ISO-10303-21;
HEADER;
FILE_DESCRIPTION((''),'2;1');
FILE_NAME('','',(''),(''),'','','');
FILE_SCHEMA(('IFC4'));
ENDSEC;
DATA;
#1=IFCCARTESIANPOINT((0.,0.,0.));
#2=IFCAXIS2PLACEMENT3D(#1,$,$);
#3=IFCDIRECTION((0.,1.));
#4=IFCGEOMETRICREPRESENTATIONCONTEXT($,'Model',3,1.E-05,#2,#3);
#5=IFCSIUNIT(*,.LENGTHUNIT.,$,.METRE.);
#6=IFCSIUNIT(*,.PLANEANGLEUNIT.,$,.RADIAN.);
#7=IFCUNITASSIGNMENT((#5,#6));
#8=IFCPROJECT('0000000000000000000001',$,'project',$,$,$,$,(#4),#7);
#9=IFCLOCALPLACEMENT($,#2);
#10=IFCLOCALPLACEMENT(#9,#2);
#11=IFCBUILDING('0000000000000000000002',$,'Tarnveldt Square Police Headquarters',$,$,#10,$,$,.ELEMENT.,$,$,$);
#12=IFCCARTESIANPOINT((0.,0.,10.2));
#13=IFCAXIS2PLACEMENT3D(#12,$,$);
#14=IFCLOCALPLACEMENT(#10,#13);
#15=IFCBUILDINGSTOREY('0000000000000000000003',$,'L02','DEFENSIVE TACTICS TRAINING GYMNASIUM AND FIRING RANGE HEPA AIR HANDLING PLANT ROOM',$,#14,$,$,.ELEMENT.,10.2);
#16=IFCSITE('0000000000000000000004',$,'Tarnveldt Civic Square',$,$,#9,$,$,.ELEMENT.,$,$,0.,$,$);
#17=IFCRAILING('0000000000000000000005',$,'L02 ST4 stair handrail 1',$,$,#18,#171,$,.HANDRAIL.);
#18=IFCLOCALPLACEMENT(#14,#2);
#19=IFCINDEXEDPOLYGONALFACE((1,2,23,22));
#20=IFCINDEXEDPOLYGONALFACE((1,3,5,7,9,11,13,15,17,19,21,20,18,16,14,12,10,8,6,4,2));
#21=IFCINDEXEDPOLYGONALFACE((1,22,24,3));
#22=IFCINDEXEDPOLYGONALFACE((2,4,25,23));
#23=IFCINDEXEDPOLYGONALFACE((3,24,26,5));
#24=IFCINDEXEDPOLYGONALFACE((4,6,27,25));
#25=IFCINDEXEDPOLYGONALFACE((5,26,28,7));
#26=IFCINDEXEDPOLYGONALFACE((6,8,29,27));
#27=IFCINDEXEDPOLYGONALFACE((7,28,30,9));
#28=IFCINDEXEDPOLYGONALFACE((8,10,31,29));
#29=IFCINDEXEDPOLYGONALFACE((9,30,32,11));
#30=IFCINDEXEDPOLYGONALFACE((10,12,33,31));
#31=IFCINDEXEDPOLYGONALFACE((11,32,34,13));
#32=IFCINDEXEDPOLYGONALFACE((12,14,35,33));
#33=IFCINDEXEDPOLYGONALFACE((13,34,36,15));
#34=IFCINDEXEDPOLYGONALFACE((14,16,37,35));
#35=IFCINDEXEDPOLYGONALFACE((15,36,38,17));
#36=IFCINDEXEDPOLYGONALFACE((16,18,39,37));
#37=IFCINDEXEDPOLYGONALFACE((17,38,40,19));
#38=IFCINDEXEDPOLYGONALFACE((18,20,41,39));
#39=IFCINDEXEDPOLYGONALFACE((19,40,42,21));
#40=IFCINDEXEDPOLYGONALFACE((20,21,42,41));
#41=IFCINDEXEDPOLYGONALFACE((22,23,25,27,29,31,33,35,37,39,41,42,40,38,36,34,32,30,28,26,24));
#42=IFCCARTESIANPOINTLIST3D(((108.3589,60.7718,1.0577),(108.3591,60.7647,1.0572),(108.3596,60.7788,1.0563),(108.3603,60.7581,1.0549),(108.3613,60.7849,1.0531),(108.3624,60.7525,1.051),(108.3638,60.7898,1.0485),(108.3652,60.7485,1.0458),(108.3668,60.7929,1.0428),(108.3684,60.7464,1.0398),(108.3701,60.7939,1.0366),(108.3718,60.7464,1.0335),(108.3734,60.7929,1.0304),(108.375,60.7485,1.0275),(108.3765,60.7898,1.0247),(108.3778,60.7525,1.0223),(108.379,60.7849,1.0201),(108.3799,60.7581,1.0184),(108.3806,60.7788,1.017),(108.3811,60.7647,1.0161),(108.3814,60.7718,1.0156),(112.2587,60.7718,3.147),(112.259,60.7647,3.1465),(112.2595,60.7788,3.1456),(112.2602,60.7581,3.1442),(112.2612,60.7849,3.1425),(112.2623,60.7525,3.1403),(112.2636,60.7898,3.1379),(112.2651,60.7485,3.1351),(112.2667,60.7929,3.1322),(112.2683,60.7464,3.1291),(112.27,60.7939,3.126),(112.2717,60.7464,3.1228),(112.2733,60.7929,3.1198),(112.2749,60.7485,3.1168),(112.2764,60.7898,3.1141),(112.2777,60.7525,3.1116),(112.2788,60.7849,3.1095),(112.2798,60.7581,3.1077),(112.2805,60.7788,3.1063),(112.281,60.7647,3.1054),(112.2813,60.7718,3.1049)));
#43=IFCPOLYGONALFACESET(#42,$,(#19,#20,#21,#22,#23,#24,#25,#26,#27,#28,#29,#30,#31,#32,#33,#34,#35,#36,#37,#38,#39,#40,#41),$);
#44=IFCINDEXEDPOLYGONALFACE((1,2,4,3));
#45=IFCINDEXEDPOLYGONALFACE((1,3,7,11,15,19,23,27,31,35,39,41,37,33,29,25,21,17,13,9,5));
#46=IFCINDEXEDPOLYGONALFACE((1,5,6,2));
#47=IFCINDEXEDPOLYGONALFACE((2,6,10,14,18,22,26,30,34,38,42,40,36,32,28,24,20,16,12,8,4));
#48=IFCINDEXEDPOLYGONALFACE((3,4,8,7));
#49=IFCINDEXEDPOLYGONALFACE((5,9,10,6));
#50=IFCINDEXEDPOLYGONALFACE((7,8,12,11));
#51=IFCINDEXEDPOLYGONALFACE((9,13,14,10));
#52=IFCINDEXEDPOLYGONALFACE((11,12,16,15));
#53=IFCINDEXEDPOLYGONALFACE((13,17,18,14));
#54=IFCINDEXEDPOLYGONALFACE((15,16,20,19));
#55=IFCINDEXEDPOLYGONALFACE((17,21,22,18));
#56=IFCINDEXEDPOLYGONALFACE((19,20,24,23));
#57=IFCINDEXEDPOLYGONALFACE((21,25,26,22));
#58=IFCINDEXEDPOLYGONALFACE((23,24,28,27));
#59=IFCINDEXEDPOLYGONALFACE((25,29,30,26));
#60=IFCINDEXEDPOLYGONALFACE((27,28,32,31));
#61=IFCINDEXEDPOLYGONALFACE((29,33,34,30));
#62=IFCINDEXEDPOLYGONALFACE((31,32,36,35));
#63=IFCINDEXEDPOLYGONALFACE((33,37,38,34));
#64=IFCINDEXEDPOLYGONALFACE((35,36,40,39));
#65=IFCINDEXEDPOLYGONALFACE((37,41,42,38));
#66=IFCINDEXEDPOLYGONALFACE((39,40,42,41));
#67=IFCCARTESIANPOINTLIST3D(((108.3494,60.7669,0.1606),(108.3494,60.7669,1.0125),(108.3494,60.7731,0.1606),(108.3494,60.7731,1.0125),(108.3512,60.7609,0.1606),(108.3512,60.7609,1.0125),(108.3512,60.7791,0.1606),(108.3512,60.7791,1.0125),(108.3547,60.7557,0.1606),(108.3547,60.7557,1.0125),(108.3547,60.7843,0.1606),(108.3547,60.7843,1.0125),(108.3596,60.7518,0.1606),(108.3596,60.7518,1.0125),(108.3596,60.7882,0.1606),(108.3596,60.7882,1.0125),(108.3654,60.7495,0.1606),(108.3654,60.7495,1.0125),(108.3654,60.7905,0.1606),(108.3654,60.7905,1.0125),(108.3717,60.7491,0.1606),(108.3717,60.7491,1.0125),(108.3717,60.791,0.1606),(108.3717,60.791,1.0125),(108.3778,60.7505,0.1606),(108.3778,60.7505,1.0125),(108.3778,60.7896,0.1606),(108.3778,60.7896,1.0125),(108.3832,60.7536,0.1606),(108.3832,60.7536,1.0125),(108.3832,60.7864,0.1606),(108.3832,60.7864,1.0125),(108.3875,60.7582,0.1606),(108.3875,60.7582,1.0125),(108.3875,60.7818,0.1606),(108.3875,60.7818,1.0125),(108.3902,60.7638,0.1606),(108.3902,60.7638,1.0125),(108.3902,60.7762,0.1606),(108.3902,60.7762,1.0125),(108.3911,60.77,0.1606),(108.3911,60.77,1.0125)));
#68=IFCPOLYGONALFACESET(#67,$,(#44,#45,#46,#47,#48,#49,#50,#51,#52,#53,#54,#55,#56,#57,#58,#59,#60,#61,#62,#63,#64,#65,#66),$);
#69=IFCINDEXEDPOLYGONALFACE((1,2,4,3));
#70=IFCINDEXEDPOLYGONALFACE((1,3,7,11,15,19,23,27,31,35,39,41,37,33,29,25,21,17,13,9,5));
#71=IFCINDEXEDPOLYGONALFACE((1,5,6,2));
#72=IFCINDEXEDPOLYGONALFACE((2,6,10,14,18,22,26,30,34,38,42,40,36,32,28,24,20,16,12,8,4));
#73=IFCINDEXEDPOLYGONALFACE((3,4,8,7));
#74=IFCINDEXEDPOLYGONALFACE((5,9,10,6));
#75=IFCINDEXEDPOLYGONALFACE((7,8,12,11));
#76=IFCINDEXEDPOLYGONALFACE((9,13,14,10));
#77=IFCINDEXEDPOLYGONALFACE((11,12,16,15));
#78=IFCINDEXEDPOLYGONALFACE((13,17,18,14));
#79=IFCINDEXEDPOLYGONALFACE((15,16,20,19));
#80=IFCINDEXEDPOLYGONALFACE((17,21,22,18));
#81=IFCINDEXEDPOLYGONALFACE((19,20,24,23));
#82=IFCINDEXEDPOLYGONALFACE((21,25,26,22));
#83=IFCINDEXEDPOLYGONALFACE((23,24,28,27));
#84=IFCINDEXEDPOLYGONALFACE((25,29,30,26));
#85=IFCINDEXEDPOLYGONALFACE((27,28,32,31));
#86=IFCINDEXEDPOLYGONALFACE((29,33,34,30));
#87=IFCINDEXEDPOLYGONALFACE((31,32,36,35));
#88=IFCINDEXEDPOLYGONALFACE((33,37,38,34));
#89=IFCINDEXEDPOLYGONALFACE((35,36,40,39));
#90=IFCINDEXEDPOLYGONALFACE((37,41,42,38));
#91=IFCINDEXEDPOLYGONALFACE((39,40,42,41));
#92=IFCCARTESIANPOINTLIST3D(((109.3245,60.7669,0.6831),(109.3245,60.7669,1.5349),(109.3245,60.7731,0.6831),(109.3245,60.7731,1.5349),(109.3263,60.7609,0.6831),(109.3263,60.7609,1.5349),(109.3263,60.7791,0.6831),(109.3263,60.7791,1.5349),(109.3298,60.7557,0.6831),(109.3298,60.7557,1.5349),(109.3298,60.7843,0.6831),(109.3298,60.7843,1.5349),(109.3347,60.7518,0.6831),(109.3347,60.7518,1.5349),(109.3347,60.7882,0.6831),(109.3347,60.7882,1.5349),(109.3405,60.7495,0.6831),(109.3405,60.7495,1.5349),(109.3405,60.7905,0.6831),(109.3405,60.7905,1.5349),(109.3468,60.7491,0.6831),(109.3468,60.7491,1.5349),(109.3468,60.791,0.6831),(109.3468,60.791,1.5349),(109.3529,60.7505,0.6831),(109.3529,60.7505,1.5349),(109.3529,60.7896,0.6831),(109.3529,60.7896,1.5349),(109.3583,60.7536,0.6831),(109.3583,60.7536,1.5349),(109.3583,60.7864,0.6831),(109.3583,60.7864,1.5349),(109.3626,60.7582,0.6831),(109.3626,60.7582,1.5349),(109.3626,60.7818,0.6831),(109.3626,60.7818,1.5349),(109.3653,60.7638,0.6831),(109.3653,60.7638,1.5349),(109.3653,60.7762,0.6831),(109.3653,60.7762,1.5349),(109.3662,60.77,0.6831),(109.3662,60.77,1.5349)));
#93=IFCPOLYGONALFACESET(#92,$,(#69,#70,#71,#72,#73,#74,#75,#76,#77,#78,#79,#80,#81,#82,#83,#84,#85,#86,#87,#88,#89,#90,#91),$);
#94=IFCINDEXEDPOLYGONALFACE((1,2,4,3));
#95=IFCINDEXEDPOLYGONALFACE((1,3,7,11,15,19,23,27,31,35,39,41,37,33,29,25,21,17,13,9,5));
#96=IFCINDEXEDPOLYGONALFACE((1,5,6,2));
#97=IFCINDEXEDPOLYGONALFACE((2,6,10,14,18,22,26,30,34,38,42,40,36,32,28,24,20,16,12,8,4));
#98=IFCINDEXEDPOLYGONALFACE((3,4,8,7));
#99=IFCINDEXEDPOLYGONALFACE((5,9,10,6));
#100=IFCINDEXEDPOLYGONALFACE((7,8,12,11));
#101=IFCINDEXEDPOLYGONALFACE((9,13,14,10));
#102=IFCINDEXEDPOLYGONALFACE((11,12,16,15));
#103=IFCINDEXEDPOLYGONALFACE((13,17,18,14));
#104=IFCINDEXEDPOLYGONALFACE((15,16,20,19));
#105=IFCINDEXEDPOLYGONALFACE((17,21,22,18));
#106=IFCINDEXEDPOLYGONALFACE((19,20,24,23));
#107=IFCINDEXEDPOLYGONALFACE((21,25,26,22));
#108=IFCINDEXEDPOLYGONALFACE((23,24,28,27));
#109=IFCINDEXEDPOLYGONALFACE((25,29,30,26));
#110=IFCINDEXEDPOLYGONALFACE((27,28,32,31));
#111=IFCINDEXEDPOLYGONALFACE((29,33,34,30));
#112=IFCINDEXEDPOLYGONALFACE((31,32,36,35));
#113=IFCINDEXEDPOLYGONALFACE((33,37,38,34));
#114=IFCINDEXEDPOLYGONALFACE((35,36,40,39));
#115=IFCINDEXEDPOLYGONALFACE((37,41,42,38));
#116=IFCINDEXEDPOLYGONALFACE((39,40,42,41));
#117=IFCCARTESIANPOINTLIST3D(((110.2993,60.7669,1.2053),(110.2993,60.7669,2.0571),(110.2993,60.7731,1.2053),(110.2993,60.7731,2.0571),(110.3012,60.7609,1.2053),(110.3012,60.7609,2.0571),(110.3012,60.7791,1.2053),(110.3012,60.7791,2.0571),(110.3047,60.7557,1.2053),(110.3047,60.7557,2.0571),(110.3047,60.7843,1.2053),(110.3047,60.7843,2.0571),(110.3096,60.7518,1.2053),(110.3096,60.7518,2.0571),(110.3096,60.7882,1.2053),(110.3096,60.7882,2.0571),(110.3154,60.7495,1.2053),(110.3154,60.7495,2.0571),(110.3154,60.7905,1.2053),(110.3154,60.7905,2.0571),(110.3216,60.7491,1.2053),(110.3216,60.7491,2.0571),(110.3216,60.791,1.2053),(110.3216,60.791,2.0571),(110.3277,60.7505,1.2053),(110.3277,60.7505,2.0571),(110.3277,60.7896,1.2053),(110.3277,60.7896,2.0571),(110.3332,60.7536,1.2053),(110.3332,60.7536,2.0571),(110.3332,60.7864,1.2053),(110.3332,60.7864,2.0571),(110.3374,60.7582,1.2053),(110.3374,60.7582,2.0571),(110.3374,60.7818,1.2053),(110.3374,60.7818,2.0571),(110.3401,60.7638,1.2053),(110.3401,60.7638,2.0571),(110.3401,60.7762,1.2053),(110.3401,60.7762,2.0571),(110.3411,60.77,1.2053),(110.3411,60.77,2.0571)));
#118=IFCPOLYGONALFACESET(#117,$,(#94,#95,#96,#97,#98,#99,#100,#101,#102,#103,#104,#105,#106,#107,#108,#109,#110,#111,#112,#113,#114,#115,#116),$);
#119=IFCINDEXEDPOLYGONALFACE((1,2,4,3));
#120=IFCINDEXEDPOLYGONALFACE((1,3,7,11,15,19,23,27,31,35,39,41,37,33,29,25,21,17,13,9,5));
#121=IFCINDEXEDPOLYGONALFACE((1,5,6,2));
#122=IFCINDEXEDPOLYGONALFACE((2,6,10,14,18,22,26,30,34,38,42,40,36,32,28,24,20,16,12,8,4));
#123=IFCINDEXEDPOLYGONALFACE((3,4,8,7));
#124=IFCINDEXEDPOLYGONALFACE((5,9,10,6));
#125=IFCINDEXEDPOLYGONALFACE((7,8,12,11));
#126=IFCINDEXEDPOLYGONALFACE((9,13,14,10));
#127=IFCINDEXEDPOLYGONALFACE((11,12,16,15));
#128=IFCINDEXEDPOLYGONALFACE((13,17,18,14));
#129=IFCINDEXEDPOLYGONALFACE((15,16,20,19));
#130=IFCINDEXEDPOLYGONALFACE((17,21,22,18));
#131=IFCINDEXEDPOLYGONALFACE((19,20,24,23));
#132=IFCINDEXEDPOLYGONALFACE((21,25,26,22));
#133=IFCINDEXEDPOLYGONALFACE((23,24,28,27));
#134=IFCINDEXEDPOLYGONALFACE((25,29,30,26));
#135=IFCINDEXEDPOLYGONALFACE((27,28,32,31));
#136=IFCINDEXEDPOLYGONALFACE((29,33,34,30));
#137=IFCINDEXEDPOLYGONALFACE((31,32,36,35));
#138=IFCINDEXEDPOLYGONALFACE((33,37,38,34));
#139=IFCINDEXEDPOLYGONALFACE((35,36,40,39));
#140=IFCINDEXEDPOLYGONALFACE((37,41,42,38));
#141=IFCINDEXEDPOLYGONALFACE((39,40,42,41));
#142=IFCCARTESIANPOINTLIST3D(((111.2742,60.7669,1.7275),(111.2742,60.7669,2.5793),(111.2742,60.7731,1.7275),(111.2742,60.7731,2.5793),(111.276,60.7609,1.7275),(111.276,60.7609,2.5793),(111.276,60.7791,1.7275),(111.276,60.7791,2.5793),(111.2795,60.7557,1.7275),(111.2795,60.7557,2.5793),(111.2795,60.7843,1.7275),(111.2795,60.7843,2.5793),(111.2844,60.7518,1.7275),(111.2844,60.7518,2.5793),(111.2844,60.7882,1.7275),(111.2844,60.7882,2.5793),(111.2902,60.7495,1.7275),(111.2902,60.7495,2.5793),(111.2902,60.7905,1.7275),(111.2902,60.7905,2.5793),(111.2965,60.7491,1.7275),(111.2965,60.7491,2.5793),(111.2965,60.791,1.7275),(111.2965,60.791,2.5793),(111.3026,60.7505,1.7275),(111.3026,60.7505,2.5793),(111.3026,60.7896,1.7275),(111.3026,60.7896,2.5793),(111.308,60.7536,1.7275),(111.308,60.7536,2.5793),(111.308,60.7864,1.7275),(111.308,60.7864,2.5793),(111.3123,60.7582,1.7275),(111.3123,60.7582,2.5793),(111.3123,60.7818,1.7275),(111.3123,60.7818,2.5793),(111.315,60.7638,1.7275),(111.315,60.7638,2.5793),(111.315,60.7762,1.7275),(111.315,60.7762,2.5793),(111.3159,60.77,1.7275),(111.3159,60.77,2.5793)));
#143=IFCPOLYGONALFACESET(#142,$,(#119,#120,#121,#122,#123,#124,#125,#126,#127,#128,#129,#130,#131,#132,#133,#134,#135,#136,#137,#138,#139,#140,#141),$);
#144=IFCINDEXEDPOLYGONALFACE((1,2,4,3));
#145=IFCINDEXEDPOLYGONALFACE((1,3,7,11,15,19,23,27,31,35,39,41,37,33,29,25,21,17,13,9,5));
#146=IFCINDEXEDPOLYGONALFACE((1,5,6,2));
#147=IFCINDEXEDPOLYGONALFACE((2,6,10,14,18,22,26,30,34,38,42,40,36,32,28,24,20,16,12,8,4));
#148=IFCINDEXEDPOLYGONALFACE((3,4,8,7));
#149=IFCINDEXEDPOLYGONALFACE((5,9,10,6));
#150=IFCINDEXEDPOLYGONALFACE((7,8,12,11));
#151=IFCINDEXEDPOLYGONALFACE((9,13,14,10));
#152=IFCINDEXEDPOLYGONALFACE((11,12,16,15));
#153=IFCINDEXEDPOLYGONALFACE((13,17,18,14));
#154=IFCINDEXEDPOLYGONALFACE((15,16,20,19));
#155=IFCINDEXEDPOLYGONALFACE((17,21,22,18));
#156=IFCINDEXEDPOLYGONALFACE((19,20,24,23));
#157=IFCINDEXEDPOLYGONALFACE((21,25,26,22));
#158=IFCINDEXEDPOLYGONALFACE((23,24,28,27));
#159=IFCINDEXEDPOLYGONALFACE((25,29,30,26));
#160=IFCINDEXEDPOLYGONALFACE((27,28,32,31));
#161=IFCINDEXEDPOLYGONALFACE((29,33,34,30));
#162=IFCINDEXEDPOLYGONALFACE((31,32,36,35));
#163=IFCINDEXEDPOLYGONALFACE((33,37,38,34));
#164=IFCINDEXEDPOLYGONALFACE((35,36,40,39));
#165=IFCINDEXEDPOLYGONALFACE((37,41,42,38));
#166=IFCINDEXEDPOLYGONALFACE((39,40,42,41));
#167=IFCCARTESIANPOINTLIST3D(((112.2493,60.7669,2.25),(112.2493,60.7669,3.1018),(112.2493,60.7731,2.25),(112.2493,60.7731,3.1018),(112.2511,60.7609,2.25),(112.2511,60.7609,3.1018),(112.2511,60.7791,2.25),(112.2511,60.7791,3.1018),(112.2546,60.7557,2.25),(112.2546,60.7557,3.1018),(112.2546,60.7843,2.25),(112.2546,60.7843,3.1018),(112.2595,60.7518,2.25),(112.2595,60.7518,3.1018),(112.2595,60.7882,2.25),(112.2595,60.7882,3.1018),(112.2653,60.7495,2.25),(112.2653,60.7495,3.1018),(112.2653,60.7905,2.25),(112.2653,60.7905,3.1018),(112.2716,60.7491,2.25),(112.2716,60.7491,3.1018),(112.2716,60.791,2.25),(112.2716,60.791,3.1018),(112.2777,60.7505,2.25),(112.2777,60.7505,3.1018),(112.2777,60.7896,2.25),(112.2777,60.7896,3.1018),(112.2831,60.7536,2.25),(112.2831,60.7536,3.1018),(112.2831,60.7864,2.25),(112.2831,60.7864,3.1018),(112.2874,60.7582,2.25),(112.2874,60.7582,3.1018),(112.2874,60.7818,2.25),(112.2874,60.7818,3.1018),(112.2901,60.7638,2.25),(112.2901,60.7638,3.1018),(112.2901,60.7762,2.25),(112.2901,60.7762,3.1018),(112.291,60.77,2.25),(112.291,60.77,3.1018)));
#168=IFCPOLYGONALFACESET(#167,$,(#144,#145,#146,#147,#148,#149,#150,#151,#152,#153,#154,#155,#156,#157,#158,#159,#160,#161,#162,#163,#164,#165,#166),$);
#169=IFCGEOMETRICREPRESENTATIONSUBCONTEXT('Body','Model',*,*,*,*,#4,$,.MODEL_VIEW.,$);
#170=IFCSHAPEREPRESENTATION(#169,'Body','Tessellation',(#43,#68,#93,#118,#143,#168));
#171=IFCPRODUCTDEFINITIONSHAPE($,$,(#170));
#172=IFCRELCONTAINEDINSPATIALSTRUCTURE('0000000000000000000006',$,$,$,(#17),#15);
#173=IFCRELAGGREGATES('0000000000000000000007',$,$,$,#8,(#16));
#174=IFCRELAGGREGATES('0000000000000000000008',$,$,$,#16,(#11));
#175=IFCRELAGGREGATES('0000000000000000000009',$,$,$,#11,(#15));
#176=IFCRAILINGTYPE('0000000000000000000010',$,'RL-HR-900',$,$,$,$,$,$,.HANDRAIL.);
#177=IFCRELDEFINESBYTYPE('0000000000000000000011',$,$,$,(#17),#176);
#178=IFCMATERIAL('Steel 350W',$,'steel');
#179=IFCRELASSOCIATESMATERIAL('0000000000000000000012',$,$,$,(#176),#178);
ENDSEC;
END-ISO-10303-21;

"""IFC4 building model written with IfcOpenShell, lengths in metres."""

from ifc_helpers import new_model, si_unit, direction, frame, origin, origin_2d, place, context, subcontext, project, spatial, circle, extrude, material, type_object, element, save


model = new_model("IFC4")

# Units and contexts
model_context = context("Model", 3, precision=1e-05, world=origin(), true_north=direction((0.0, 1.0)))
body_context = subcontext(model_context, "Body", "Model", "MODEL_VIEW")
ifc_project = project(units=[si_unit("LENGTHUNIT", "METRE"), si_unit("PLANEANGLEUNIT", "RADIAN")], contexts=[model_context])

# Site, building, storey
site_placement = place(None, origin())
site = spatial("IfcSite", under=ifc_project, at=site_placement, Name="Tarnveldt Civic Square", CompositionType="ELEMENT", RefElevation=0.0)
building_placement = place(site_placement, origin())
building = spatial("IfcBuilding", under=site, at=building_placement, Name="Tarnveldt Square Police Headquarters", CompositionType="ELEMENT")
storey_placement = place(building_placement, frame((0.0, 0.0, 10.2)))
storey = spatial("IfcBuildingStorey", under=building, at=storey_placement, Name="L02", Description="DEFENSIVE TACTICS TRAINING GYMNASIUM AND FIRING RANGE HEPA AIR HANDLING PLANT ROOM", CompositionType="ELEMENT", Elevation=10.2)

# Shared definitions
ifc_material_1 = material(Name="Steel 350W", Category="steel")

# Railing
railing_type_1 = type_object("IfcRailingType", Name="RL-HR-900", PredefinedType="HANDRAIL", material=ifc_material_1)
railing_1_placement = place(storey_placement, frame((108.3701, 60.77, 0.1606)))
element("IfcRailing", 1, at=railing_1_placement, inside=storey, type_object=railing_type_1, Name="L02 ST4 stair handrail 1", PredefinedType="HANDRAIL", context=body_context, shape_type="SweptSolid", body=[
    extrude(circle(Radius=0.0239, at=origin_2d()), frame((0.0, 0.0, 0.876), z_axis=(0.881468, 0.0, 0.472243), x_axis=(0.0, 1.0, 0.0)), (0.0, 0.0, 1.0), 4.4243),
    extrude(circle(Radius=0.021, at=origin_2d()), origin(), (0.0, 0.0, 1.0), 0.8518),
    extrude(circle(Radius=0.021, at=origin_2d()), frame((0.9751, 0.0, 0.5225)), (0.0, 0.0, 1.0), 0.8518),
    extrude(circle(Radius=0.021, at=origin_2d()), frame((1.95, 0.0, 1.0447)), (0.0, 0.0, 1.0), 0.8518),
    extrude(circle(Radius=0.021, at=origin_2d()), frame((2.9248, 0.0, 1.5669)), (0.0, 0.0, 1.0), 0.8518),
    extrude(circle(Radius=0.021, at=origin_2d()), frame((3.8999, 0.0, 2.0894)), (0.0, 0.0, 1.0), 0.8518),
])

save(model, "model.ifc")
